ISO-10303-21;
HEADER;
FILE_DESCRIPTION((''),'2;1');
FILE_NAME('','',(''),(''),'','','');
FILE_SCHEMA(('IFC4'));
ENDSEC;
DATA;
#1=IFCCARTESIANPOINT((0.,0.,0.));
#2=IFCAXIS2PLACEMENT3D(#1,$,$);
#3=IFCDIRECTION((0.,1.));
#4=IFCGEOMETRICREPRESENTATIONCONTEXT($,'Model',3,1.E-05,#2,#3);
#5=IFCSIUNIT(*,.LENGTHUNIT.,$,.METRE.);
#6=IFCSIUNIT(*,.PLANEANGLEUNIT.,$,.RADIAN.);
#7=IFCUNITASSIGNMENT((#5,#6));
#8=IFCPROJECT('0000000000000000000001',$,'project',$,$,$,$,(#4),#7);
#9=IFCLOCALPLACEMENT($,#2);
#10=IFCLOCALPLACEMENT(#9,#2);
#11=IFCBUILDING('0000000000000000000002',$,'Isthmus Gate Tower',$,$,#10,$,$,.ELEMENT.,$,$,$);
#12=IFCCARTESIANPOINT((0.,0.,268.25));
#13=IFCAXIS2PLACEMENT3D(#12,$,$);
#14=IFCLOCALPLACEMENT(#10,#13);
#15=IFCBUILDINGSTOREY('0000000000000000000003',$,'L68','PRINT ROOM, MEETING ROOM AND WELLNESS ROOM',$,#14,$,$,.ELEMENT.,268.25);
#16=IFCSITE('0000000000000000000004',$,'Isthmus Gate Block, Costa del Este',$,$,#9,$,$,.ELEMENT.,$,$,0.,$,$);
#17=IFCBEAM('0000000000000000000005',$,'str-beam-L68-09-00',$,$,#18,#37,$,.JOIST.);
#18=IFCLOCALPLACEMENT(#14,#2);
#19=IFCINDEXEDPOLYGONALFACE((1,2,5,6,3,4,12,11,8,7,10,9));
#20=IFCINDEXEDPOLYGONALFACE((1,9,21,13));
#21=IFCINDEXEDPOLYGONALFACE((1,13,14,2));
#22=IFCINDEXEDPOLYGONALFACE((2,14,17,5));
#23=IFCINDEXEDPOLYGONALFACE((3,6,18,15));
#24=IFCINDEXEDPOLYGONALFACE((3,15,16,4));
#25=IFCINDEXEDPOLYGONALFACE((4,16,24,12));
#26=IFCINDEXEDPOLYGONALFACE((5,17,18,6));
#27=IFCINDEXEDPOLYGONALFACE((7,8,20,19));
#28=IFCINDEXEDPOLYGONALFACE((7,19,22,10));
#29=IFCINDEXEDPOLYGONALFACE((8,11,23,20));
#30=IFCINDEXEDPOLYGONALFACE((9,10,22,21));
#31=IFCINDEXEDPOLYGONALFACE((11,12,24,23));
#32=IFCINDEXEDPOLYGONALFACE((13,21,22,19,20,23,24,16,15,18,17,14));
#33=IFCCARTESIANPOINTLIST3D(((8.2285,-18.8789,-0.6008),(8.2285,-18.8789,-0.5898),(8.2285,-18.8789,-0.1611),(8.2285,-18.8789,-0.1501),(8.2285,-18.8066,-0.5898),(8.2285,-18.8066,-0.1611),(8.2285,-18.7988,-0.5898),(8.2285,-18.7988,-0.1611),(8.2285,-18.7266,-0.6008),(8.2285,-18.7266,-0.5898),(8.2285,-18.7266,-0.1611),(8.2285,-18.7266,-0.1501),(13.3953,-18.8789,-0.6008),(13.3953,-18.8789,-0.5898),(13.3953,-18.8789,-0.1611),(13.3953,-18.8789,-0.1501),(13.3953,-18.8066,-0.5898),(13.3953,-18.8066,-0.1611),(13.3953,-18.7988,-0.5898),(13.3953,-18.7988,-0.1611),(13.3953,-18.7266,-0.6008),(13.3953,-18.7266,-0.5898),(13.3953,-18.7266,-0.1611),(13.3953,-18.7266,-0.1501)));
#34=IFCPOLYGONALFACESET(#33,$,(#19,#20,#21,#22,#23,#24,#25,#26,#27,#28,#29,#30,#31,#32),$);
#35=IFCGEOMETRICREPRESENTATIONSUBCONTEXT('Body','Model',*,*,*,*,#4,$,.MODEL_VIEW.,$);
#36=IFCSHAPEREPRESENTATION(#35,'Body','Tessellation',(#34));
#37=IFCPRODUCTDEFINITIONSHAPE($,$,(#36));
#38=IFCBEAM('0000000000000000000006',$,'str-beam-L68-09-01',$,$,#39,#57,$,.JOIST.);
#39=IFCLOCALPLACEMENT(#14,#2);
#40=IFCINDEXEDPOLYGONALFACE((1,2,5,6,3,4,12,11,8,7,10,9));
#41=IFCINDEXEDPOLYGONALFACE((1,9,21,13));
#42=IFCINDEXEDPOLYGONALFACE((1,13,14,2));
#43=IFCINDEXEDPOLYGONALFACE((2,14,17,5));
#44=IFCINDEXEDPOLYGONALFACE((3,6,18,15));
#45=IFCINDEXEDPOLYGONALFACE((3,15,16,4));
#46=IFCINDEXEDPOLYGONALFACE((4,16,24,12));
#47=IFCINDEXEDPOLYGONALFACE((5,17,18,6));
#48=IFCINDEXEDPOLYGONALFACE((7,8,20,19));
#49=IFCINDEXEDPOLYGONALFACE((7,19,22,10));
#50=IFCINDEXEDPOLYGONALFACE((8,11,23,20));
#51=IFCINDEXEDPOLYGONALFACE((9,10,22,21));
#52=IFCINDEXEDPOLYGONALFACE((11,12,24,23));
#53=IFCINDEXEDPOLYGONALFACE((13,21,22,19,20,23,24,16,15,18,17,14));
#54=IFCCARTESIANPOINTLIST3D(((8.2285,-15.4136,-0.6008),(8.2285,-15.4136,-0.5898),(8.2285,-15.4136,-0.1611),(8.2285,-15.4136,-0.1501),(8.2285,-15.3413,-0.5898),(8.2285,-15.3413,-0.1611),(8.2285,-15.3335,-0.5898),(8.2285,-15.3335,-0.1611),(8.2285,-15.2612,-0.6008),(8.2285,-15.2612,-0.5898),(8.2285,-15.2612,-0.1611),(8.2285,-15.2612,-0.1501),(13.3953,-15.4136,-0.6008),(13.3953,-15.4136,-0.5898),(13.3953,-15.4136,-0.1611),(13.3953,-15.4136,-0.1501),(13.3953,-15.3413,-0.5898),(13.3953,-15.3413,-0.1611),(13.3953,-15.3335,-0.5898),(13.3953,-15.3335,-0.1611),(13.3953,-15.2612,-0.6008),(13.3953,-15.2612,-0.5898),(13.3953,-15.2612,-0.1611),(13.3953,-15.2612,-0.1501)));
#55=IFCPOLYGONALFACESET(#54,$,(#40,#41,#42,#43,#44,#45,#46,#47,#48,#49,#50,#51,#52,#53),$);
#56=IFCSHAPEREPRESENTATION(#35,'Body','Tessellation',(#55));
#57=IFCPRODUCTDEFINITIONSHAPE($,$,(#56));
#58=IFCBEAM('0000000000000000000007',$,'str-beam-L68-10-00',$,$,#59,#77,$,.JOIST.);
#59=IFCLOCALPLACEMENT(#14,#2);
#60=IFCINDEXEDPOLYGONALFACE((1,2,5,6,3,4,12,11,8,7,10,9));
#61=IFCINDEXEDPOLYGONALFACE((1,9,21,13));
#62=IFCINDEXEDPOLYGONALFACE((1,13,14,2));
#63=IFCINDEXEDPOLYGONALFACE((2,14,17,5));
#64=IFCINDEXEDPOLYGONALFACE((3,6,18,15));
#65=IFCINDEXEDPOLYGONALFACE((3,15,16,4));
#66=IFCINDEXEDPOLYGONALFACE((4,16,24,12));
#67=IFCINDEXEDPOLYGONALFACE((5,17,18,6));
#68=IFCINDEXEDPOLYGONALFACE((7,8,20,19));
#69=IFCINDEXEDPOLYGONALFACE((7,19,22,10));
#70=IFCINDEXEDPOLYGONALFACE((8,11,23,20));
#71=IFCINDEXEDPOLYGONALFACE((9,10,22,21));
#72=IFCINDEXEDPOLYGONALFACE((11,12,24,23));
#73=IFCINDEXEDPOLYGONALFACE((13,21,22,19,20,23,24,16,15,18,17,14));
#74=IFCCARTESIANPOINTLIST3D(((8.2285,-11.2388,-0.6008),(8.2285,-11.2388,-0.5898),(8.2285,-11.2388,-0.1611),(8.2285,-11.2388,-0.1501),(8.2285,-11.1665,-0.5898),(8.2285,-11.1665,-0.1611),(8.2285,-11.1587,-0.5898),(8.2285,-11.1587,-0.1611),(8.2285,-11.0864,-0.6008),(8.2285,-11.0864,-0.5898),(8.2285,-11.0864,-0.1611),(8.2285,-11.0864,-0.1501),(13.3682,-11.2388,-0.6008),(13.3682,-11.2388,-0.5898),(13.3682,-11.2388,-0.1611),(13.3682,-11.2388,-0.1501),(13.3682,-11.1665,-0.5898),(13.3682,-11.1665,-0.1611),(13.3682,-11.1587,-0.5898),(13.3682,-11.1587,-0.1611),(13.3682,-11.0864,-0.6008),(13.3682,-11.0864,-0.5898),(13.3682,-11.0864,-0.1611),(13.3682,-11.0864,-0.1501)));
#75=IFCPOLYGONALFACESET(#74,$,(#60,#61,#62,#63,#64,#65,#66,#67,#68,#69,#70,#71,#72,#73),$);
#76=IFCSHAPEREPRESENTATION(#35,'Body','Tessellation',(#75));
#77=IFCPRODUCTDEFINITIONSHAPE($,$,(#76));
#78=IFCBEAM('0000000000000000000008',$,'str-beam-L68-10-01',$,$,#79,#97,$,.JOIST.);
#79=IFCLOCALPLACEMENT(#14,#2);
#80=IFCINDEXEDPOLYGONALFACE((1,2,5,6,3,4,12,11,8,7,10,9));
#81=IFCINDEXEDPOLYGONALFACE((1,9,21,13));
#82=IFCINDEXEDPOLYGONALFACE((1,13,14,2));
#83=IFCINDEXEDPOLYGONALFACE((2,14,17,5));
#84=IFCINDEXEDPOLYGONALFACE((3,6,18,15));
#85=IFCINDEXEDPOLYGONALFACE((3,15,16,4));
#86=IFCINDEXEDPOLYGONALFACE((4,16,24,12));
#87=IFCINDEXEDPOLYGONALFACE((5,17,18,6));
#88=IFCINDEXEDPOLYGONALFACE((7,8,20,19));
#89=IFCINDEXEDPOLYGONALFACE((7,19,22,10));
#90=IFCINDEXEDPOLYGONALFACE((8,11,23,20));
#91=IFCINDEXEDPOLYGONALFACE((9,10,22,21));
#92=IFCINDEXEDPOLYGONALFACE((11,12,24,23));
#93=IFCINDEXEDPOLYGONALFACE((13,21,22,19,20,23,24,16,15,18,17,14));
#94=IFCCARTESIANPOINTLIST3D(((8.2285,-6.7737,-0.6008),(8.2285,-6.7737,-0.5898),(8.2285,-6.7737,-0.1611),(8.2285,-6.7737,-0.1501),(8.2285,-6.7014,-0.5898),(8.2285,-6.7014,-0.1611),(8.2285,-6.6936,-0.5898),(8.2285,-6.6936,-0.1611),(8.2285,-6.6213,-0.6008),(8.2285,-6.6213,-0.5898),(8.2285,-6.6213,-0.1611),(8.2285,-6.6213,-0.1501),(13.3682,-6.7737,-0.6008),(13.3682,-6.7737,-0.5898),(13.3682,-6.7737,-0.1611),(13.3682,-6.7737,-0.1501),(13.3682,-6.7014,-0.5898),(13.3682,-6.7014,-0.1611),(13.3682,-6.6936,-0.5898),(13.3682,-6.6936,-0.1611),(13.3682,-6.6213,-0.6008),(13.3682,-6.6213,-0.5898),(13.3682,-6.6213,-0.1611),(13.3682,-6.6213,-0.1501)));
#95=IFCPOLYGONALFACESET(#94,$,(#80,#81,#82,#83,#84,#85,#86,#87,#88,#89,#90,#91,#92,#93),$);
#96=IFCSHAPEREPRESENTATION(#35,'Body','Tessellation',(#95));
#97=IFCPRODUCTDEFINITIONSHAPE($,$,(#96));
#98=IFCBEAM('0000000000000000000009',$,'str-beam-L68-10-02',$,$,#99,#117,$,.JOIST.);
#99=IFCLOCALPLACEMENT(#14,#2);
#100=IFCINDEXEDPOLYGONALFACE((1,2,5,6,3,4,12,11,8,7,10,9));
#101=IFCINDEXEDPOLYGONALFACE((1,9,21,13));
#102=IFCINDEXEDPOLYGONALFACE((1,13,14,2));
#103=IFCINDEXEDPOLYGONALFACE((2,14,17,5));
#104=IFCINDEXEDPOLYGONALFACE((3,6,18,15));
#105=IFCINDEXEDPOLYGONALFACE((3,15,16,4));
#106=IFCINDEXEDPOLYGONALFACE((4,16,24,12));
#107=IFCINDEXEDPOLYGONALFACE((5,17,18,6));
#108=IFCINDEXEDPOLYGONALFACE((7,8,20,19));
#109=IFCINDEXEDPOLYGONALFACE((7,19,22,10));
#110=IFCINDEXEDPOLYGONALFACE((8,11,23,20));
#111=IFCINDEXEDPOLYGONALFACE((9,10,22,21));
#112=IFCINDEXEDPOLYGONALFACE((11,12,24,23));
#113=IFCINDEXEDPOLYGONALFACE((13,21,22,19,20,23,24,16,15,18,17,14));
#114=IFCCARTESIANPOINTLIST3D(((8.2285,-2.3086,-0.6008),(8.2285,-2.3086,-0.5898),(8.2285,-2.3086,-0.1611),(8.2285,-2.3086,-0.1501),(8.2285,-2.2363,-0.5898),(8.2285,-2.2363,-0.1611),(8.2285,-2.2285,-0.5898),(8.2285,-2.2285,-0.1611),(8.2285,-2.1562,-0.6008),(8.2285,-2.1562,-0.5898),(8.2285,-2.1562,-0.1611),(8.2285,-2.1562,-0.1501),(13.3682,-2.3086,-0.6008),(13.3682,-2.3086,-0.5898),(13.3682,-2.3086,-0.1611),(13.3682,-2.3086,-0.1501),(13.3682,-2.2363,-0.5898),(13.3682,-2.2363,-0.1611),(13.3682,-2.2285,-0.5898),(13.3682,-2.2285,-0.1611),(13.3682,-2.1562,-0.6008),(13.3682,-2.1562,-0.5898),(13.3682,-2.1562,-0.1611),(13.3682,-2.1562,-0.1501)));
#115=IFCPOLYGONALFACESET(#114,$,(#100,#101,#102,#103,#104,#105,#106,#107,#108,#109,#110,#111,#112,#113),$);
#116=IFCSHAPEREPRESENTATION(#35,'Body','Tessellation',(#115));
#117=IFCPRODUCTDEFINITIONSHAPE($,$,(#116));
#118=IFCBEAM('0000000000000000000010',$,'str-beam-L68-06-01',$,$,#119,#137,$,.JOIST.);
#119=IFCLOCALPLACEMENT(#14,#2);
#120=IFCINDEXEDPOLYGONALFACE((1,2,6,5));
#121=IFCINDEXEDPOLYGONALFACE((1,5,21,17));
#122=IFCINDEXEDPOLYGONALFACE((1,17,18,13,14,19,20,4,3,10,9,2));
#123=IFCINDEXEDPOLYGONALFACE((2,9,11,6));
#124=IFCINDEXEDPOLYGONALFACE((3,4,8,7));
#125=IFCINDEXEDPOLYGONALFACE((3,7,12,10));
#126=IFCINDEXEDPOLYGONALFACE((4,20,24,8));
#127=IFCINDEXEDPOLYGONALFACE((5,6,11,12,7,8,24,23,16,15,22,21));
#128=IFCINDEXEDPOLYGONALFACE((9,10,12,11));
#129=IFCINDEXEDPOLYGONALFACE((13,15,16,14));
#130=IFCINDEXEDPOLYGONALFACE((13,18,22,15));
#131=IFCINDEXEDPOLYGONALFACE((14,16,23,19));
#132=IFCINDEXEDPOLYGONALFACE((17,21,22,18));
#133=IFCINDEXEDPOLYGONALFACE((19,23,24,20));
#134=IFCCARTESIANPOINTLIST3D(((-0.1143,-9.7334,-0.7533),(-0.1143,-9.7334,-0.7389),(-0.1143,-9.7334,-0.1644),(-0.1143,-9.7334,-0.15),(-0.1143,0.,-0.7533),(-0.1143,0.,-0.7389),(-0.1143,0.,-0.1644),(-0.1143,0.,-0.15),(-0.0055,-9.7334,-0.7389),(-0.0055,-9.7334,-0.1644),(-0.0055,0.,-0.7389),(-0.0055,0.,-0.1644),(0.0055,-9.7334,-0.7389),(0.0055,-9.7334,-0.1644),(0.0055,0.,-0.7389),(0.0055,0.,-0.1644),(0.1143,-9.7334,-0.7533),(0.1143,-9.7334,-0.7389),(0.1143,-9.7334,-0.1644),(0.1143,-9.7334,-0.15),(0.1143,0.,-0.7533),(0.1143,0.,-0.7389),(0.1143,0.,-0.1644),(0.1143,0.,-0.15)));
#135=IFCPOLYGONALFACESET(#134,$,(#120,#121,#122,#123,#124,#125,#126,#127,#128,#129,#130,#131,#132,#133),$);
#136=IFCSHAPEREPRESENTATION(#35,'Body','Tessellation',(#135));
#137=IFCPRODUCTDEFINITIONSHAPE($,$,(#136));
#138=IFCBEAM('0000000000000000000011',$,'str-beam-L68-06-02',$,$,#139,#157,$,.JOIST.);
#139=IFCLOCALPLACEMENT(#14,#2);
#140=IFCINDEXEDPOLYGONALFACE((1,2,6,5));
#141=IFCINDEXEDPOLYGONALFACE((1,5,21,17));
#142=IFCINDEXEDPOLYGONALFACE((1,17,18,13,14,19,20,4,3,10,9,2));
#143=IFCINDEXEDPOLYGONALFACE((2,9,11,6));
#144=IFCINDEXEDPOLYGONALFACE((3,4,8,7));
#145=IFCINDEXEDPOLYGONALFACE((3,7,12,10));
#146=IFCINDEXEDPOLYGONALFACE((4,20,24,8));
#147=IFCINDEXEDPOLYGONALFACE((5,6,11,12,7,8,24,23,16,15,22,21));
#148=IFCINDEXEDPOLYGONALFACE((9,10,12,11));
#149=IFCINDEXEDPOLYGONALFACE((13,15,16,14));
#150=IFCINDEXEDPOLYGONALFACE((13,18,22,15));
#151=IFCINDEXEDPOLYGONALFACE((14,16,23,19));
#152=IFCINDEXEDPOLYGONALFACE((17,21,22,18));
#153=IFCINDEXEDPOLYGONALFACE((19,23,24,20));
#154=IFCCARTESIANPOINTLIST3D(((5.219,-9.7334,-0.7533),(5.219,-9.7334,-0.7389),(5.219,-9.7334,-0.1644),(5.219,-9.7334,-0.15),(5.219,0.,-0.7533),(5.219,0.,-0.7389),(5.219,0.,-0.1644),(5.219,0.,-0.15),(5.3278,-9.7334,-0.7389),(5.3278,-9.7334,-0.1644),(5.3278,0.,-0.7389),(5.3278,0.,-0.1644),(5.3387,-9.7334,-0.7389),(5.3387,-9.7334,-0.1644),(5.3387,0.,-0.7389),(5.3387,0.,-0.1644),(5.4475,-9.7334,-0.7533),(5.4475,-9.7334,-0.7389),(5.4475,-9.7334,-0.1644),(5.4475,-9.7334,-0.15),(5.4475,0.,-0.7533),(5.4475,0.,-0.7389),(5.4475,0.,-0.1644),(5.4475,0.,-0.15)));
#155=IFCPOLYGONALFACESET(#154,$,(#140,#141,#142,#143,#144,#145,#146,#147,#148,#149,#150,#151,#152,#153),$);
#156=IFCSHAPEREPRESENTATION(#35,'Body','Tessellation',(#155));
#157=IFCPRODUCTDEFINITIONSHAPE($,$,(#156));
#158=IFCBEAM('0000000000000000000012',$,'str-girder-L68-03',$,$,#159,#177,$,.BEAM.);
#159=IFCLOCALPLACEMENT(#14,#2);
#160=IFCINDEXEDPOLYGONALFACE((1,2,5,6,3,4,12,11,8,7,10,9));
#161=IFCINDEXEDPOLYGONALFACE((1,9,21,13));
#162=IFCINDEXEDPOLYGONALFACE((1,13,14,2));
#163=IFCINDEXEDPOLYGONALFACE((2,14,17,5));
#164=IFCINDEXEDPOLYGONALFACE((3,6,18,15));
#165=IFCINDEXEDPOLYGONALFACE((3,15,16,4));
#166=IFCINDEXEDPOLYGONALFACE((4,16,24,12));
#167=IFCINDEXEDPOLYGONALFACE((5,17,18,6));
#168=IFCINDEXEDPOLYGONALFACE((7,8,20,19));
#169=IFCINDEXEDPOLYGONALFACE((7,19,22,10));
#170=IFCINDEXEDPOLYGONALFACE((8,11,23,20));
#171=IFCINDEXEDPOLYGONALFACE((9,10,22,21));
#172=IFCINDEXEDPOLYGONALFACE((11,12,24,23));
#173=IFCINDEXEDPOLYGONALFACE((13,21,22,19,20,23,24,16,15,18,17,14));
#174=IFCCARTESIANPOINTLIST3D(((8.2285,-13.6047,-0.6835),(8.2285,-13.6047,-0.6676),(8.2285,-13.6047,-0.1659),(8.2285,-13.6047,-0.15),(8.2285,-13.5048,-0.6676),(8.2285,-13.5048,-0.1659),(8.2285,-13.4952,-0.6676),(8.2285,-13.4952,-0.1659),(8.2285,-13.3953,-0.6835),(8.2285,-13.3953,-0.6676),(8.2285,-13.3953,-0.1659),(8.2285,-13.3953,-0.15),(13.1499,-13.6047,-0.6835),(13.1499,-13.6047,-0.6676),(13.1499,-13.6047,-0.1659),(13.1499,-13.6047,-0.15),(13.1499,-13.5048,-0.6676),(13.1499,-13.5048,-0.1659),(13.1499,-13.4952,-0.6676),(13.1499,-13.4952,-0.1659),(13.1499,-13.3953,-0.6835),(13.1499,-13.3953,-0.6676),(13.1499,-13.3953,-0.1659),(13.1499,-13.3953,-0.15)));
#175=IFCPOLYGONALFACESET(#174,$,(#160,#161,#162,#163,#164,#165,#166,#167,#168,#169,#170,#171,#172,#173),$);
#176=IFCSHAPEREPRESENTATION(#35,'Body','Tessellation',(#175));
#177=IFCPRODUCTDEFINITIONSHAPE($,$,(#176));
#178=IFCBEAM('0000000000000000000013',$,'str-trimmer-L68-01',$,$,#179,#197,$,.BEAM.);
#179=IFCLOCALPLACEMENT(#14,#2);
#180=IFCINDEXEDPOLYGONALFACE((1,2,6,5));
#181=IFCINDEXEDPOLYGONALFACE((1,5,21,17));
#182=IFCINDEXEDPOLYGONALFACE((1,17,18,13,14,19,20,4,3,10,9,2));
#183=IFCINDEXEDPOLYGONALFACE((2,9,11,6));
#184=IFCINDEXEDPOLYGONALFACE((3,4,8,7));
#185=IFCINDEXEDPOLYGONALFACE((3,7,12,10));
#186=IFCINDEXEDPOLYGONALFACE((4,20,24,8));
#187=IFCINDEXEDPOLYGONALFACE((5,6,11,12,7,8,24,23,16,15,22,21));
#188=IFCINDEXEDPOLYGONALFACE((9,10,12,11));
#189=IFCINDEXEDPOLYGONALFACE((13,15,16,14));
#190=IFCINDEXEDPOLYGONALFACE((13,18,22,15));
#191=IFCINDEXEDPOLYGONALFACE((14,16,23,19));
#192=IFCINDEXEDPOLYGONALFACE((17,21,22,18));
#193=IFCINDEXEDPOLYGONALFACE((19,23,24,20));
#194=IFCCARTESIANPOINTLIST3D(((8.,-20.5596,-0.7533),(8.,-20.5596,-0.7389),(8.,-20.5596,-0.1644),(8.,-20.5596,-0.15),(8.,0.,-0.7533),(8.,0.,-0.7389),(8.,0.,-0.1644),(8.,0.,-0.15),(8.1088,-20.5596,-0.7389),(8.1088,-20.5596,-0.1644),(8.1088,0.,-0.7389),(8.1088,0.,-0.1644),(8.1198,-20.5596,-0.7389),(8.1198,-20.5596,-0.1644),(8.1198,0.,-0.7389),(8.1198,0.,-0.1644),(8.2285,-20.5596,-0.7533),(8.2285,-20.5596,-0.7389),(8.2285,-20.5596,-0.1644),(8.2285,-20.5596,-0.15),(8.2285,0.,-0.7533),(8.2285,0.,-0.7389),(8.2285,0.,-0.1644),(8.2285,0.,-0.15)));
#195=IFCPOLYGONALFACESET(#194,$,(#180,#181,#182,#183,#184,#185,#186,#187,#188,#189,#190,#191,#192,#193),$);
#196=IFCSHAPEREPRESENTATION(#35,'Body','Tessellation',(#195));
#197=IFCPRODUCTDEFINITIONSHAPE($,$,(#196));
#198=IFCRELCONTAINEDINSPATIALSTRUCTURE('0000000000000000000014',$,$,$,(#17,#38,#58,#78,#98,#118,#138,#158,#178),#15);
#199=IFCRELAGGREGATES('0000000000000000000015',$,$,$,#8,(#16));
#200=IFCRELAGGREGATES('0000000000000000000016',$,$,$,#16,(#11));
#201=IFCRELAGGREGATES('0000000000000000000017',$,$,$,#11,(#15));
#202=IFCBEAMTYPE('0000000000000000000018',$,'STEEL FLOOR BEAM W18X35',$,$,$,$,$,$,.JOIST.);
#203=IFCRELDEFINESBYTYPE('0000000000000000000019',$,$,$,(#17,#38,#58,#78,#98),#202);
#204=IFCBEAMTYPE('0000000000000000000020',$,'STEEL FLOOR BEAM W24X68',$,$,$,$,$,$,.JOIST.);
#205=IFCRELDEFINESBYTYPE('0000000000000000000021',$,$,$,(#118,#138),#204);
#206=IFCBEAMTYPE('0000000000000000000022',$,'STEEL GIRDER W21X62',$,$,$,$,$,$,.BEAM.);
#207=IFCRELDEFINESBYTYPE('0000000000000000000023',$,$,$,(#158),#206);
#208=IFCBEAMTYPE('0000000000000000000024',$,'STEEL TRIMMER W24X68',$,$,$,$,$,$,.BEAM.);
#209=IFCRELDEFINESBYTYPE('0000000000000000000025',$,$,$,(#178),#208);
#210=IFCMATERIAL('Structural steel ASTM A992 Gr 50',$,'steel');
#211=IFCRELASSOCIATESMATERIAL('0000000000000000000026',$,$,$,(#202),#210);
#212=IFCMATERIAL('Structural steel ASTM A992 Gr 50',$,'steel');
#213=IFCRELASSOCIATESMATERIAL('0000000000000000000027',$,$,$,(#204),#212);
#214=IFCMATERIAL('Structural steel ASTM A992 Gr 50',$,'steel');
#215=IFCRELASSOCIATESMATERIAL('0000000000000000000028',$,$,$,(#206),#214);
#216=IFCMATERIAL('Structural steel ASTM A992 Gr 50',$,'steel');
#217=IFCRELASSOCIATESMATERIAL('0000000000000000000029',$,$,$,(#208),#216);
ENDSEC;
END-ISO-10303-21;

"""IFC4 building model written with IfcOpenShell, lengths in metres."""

from ifc_helpers import new_model, si_unit, direction, frame, origin, origin_2d, place, context, subcontext, project, spatial, i_section, extrude, material, material_profile, profile_set, type_object, element, save


model = new_model("IFC4")

# Units and contexts
model_context = context("Model", 3, precision=1e-05, world=origin(), true_north=direction((0.0, 1.0)))
body_context = subcontext(model_context, "Body", "Model", "MODEL_VIEW")
ifc_project = project(units=[si_unit("LENGTHUNIT", "METRE"), si_unit("PLANEANGLEUNIT", "RADIAN")], contexts=[model_context])

# Site, building, storey
site_placement = place(None, origin())
site = spatial("IfcSite", under=ifc_project, at=site_placement, Name="Isthmus Gate Block, Costa del Este", CompositionType="ELEMENT", RefElevation=0.0)
building_placement = place(site_placement, origin())
building = spatial("IfcBuilding", under=site, at=building_placement, Name="Isthmus Gate Tower", CompositionType="ELEMENT")
storey_placement = place(building_placement, frame((0.0, 0.0, 268.25)))
storey = spatial("IfcBuildingStorey", under=building, at=storey_placement, Name="L68", Description="PRINT ROOM, MEETING ROOM AND WELLNESS ROOM", CompositionType="ELEMENT", Elevation=268.25)

# Beams
ifc_material_1 = material(Name="Structural steel ASTM A992 Gr 50", Category="steel")
ifc_material_profile_1 = material_profile(ifc_material_1, i_section(OverallWidth=0.1523, OverallDepth=0.4507, WebThickness=0.0078, FlangeThickness=0.011, at=origin_2d()), Name="W18X35")
ifc_profile_set_1 = profile_set([ifc_material_profile_1], Name="Structural steel ASTM A992 Gr 50")
beam_type_1 = type_object("IfcBeamType", Name="STEEL FLOOR BEAM W18X35", PredefinedType="JOIST", material=ifc_profile_set_1)
for number, where, z_axis, x_axis, name in (
    (1, (8.2285, -18.8027, -0.3755), (1.0, 0.0, 0.0), (0.0, 1.0, 0.0), "str-beam-L68-09-00"),
    (2, (8.2285, -15.3374, -0.3755), (1.0, 0.0, 0.0), (0.0, 1.0, 0.0), "str-beam-L68-09-01"),
):
    element("IfcBeam", number, at=place(storey_placement, frame(where, z_axis=z_axis, x_axis=x_axis)), inside=storey, type_object=beam_type_1, Name=name, PredefinedType="JOIST", context=body_context, shape_type="SweptSolid", body=[
        extrude(i_section(OverallWidth=0.1523, OverallDepth=0.4507, WebThickness=0.0078, FlangeThickness=0.011, at=origin_2d()), origin(), (0.0, 0.0, 1.0), 5.1667),
    ])
for number, where, z_axis, x_axis, name in (
    (3, (8.2285, -11.1626, -0.3755), (1.0, 0.0, 0.0), (0.0, 1.0, 0.0), "str-beam-L68-10-00"),
    (4, (8.2285, -6.6975, -0.3755), (1.0, 0.0, 0.0), (0.0, 1.0, 0.0), "str-beam-L68-10-01"),
    (5, (8.2285, -2.2324, -0.3755), (1.0, 0.0, 0.0), (0.0, 1.0, 0.0), "str-beam-L68-10-02"),
):
    element("IfcBeam", number, at=place(storey_placement, frame(where, z_axis=z_axis, x_axis=x_axis)), inside=storey, type_object=beam_type_1, Name=name, PredefinedType="JOIST", context=body_context, shape_type="SweptSolid", body=[
        extrude(i_section(OverallWidth=0.1523, OverallDepth=0.4507, WebThickness=0.0078, FlangeThickness=0.011, at=origin_2d()), origin(), (0.0, 0.0, 1.0), 5.1396),
    ])
ifc_material_2 = material(Name="Structural steel ASTM A992 Gr 50", Category="steel")
ifc_material_profile_2 = material_profile(ifc_material_2, i_section(OverallWidth=0.2285, OverallDepth=0.6033, WebThickness=0.011, FlangeThickness=0.0144, at=origin_2d()), Name="W24X68")
ifc_profile_set_2 = profile_set([ifc_material_profile_2], Name="Structural steel ASTM A992 Gr 50")
beam_type_2 = type_object("IfcBeamType", Name="STEEL FLOOR BEAM W24X68", PredefinedType="JOIST", material=ifc_profile_set_2)
for number, where, z_axis, x_axis, name in (
    (6, (0.0, -9.7334, -0.4517), (0.0, 1.0, 0.0), (-1.0, 0.0, 0.0), "str-beam-L68-06-01"),
    (7, (5.3333, -9.7334, -0.4517), (0.0, 1.0, 0.0), (-1.0, 0.0, 0.0), "str-beam-L68-06-02"),
):
    element("IfcBeam", number, at=place(storey_placement, frame(where, z_axis=z_axis, x_axis=x_axis)), inside=storey, type_object=beam_type_2, Name=name, PredefinedType="JOIST", context=body_context, shape_type="SweptSolid", body=[
        extrude(i_section(OverallWidth=0.2285, OverallDepth=0.6033, WebThickness=0.011, FlangeThickness=0.0144, at=origin_2d()), origin(), (0.0, 0.0, 1.0), 9.7334),
    ])
ifc_material_3 = material(Name="Structural steel ASTM A992 Gr 50", Category="steel")
ifc_material_profile_3 = material_profile(ifc_material_3, i_section(OverallWidth=0.2095, OverallDepth=0.5334, WebThickness=0.0095, FlangeThickness=0.0159, at=origin_2d()), Name="W21X62")
ifc_profile_set_3 = profile_set([ifc_material_profile_3], Name="Structural steel ASTM A992 Gr 50")
beam_type_3 = type_object("IfcBeamType", Name="STEEL GIRDER W21X62", PredefinedType="BEAM", material=ifc_profile_set_3)
beam_1_placement = place(storey_placement, frame((8.2285, -13.5, -0.4167), z_axis=(1.0, 0.0, 0.0), x_axis=(0.0, 1.0, 0.0)))
element("IfcBeam", 8, at=beam_1_placement, inside=storey, type_object=beam_type_3, Name="str-girder-L68-03", PredefinedType="BEAM", context=body_context, shape_type="SweptSolid", body=[
    extrude(i_section(OverallWidth=0.2095, OverallDepth=0.5334, WebThickness=0.0095, FlangeThickness=0.0159, at=origin_2d()), origin(), (0.0, 0.0, 1.0), 4.9214),
])
ifc_material_4 = material(Name="Structural steel ASTM A992 Gr 50", Category="steel")
ifc_material_profile_4 = material_profile(ifc_material_4, i_section(OverallWidth=0.2285, OverallDepth=0.6033, WebThickness=0.011, FlangeThickness=0.0144, at=origin_2d()), Name="W24X68")
ifc_profile_set_4 = profile_set([ifc_material_profile_4], Name="Structural steel ASTM A992 Gr 50")
beam_type_4 = type_object("IfcBeamType", Name="STEEL TRIMMER W24X68", PredefinedType="BEAM", material=ifc_profile_set_4)
beam_2_placement = place(storey_placement, frame((8.1143, -20.5596, -0.4517), z_axis=(0.0, 1.0, 0.0), x_axis=(-1.0, 0.0, 0.0)))
element("IfcBeam", 9, at=beam_2_placement, inside=storey, type_object=beam_type_4, Name="str-trimmer-L68-01", PredefinedType="BEAM", context=body_context, shape_type="SweptSolid", body=[
    extrude(i_section(OverallWidth=0.2285, OverallDepth=0.6033, WebThickness=0.011, FlangeThickness=0.0144, at=origin_2d()), origin(), (0.0, 0.0, 1.0), 20.5596),
])

save(model, "model.ifc")
